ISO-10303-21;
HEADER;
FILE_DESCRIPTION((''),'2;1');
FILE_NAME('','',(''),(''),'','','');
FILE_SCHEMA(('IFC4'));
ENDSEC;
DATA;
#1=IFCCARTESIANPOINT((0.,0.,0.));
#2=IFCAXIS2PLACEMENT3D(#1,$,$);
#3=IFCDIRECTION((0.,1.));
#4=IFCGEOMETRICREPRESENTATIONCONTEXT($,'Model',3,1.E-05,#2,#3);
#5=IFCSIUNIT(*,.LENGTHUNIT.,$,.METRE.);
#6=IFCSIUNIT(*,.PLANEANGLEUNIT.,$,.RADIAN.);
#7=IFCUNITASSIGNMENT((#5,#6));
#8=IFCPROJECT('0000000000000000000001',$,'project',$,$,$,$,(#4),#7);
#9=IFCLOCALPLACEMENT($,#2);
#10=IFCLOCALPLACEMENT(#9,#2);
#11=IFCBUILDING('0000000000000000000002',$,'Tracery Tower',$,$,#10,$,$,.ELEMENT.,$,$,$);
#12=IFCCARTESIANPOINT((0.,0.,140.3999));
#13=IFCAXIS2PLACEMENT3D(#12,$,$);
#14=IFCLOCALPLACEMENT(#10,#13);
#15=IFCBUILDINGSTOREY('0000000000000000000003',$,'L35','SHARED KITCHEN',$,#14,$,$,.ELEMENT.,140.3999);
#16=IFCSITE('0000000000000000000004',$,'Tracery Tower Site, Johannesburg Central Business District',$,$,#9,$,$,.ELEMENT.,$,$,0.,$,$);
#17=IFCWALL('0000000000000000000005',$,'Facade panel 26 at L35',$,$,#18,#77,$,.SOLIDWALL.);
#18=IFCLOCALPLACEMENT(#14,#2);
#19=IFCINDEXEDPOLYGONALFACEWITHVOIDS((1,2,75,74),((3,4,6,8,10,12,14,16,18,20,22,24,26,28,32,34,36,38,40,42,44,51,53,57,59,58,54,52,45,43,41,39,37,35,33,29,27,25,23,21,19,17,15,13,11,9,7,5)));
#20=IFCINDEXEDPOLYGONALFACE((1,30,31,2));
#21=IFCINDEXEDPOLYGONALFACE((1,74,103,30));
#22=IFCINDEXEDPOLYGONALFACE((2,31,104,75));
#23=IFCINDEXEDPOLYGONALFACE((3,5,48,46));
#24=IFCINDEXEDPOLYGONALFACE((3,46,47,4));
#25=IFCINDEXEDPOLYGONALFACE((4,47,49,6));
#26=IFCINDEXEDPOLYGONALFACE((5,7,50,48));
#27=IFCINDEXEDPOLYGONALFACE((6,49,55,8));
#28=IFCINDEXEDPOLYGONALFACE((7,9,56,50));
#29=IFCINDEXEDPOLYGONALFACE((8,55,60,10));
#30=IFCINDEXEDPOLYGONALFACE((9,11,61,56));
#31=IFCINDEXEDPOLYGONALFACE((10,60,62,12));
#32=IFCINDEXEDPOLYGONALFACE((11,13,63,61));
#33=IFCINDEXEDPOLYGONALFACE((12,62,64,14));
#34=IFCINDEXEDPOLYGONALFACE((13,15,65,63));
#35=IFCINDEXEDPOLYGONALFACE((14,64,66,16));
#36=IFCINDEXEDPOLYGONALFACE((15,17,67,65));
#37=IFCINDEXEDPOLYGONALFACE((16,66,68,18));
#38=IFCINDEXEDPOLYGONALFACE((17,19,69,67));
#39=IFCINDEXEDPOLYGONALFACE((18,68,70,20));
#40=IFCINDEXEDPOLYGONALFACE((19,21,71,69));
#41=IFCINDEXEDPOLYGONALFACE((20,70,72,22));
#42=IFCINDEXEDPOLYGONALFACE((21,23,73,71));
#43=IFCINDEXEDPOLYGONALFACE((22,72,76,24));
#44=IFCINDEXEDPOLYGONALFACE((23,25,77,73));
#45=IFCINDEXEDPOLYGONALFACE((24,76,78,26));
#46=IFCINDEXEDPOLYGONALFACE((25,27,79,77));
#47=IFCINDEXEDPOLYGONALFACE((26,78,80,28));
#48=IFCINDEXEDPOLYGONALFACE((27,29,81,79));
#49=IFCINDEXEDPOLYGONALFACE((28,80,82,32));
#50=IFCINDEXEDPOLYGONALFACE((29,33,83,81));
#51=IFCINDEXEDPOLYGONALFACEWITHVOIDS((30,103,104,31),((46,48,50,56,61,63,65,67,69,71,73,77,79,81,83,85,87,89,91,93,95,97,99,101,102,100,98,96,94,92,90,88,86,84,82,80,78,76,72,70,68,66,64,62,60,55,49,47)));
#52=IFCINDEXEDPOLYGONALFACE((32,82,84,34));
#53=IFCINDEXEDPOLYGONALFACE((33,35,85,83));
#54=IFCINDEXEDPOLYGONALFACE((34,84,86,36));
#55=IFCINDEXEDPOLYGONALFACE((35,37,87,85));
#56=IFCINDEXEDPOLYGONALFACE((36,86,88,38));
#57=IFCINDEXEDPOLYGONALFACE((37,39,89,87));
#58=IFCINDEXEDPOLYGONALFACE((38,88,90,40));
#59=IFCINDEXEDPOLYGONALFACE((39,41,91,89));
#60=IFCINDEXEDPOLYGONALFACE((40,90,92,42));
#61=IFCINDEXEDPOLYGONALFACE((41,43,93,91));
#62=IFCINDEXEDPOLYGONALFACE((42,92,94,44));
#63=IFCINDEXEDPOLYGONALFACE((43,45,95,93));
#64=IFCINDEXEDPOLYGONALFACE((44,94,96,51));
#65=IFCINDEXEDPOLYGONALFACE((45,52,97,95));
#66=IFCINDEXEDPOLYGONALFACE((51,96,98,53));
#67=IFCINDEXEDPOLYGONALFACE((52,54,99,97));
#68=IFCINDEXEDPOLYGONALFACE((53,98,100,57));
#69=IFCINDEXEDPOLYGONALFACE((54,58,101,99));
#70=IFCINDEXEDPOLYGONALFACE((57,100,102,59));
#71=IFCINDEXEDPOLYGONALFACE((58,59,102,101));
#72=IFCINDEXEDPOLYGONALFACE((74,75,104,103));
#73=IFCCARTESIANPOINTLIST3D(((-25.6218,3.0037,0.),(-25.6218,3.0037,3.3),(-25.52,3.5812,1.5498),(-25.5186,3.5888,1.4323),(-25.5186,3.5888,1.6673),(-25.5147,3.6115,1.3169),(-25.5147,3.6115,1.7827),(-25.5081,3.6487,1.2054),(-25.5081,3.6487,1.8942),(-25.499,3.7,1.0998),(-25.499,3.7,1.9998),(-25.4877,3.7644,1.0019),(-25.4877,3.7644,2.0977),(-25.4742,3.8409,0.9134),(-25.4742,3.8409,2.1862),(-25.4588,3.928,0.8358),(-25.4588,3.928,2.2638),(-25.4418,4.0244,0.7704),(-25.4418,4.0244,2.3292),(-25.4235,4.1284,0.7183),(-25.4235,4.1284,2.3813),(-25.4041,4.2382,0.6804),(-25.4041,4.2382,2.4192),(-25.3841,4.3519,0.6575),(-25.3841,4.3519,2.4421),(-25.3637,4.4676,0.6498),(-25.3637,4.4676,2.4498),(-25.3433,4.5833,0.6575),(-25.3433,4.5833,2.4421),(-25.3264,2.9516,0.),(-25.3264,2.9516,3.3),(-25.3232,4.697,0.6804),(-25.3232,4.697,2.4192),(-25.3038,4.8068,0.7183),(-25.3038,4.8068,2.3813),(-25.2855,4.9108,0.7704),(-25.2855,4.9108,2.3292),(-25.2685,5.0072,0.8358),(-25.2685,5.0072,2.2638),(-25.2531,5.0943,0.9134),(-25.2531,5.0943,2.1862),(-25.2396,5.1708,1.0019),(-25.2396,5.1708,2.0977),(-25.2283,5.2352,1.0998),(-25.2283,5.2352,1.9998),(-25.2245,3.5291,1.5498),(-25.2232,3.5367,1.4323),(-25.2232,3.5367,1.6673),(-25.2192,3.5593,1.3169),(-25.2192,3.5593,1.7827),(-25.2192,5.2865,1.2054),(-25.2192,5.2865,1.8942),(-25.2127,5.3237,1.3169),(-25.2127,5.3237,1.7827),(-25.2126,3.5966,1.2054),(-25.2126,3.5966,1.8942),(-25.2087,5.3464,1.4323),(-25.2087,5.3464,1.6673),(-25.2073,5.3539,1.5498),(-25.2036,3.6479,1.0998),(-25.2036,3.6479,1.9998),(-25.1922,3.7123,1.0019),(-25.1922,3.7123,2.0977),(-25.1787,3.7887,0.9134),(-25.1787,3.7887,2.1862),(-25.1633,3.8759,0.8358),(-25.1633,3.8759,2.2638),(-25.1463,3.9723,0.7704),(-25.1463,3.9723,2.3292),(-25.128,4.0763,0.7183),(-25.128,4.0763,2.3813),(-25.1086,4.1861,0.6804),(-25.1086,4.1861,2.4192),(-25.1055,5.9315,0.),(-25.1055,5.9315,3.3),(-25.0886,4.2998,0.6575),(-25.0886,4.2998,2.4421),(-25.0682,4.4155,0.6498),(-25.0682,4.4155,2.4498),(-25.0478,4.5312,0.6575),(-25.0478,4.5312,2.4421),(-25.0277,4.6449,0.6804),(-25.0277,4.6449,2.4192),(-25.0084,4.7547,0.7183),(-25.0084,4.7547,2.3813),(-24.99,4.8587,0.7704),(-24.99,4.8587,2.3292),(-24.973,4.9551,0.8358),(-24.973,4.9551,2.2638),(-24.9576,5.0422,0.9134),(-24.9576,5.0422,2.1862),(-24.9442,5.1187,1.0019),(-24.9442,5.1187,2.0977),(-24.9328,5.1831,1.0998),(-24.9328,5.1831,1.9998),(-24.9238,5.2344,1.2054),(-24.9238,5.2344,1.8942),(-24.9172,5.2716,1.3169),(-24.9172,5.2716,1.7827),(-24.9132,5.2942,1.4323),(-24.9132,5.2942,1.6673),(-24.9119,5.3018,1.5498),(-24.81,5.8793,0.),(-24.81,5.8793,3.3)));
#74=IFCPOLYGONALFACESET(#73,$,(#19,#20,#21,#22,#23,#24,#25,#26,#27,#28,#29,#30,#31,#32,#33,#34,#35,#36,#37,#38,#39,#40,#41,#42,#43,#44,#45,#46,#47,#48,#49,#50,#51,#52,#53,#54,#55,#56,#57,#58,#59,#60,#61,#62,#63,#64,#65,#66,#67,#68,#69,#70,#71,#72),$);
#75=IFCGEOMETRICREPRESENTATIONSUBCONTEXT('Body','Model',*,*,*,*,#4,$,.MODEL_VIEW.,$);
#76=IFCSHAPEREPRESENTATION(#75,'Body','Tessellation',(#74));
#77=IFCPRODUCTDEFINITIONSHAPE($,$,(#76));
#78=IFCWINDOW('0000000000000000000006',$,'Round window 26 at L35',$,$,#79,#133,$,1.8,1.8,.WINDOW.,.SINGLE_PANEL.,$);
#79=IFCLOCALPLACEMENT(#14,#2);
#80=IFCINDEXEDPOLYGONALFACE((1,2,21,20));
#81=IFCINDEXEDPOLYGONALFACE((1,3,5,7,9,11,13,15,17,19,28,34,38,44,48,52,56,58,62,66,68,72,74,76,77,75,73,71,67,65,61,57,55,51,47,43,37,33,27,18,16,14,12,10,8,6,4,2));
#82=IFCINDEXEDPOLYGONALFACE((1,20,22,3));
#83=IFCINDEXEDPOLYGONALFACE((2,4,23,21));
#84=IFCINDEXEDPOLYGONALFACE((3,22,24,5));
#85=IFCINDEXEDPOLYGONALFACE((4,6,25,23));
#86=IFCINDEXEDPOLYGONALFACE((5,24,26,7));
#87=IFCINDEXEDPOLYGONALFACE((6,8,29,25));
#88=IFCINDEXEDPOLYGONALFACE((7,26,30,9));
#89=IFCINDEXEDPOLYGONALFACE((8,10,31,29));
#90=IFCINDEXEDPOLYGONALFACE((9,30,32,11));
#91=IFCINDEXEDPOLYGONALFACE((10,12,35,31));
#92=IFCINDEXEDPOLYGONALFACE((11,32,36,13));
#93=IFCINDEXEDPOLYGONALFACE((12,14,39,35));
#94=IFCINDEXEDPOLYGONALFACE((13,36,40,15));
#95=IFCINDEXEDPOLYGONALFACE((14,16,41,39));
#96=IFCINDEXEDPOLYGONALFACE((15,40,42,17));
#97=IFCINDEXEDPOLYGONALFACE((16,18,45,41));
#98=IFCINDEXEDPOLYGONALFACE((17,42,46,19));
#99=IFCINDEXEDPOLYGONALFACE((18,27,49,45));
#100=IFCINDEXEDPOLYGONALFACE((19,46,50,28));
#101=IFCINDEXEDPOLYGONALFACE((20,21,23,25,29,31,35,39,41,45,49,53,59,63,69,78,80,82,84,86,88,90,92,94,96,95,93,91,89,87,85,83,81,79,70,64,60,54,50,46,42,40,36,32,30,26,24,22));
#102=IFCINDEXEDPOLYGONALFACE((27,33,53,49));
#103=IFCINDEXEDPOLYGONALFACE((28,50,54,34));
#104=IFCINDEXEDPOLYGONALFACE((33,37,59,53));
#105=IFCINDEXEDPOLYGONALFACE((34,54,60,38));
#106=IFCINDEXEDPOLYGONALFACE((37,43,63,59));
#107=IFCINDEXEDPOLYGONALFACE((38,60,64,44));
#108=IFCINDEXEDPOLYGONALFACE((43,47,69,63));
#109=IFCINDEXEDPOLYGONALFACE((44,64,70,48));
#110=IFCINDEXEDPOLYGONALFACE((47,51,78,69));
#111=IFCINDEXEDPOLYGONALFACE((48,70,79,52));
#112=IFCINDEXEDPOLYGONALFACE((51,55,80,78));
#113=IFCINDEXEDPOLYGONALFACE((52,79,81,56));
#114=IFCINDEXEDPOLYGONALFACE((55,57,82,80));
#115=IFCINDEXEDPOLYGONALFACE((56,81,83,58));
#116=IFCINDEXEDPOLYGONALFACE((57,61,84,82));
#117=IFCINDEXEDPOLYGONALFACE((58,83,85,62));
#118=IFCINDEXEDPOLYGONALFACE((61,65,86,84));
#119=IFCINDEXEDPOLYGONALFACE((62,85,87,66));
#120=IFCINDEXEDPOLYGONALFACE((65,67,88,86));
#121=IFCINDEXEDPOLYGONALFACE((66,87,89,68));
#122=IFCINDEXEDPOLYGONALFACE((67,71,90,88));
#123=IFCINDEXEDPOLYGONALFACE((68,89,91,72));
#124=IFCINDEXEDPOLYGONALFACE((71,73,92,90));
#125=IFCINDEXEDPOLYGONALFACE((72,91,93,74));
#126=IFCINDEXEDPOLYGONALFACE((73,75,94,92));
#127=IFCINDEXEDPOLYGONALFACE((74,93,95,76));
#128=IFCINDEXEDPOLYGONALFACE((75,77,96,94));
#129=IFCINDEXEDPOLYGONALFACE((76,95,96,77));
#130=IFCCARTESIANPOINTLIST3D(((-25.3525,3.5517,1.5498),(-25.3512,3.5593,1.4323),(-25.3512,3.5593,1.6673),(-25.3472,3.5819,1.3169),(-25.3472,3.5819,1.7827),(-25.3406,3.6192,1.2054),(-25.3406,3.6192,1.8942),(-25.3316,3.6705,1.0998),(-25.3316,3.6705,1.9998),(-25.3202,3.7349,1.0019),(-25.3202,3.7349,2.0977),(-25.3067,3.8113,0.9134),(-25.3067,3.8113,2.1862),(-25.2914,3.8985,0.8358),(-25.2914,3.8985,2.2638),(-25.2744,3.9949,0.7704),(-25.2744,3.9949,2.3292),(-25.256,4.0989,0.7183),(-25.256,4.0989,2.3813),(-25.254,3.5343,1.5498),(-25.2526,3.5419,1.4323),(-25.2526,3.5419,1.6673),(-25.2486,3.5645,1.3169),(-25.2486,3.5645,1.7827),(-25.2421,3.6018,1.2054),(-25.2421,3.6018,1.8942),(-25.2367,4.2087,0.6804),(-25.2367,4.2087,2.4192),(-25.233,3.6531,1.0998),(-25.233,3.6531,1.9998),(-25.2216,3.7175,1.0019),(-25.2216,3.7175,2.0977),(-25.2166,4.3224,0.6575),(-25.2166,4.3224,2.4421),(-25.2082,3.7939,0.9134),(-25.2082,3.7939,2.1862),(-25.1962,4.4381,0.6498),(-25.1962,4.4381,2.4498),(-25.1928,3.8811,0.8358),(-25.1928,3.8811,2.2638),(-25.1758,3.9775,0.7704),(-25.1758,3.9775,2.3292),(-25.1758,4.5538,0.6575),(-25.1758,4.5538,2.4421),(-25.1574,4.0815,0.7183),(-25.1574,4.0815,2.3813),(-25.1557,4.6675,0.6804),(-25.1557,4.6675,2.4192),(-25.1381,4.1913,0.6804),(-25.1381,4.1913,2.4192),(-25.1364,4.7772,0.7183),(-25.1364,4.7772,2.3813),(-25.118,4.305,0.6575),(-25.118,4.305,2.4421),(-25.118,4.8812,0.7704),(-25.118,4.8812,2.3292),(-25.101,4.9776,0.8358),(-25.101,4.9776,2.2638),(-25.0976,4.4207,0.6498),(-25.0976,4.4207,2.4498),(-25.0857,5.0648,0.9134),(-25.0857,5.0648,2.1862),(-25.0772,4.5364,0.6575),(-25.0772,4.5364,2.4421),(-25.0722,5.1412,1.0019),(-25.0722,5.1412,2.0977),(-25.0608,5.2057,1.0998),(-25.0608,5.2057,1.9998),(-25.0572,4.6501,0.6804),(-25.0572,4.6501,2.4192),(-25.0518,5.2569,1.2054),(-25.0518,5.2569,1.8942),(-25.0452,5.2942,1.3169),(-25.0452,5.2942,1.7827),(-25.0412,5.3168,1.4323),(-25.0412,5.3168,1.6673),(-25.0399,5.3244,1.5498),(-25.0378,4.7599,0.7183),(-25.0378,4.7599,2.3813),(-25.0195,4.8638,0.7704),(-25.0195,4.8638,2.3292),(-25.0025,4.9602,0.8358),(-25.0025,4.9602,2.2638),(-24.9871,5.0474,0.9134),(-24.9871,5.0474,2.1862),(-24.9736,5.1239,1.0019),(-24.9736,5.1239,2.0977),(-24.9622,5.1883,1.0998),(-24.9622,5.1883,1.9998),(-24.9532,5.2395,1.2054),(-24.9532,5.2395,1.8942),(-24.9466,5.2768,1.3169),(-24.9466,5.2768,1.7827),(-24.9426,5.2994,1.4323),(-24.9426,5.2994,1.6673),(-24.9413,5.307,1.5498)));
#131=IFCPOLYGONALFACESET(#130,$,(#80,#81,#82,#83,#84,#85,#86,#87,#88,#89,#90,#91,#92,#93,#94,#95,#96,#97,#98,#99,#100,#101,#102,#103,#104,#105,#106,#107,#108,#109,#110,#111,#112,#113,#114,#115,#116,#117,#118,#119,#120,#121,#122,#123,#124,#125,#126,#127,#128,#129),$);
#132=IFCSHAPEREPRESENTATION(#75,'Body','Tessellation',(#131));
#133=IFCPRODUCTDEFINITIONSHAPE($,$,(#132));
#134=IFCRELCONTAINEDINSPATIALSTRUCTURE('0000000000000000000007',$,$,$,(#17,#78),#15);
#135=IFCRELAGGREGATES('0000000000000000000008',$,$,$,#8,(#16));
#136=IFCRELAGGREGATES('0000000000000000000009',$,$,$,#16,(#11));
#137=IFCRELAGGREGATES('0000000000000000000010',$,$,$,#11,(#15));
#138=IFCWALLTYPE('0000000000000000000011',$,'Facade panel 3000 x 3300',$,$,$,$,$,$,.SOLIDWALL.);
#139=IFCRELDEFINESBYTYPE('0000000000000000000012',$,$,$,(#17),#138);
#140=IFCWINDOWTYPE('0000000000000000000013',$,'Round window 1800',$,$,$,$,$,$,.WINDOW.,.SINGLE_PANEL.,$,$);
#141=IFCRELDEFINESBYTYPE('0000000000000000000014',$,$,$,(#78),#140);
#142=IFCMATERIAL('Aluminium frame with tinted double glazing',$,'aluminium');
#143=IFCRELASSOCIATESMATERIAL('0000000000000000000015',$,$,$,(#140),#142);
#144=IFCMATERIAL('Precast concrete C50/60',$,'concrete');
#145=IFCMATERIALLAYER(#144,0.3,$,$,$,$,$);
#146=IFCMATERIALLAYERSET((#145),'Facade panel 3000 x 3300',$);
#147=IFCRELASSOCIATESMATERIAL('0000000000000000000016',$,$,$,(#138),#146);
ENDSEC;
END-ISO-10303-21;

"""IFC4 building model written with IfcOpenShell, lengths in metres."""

from ifc_helpers import new_model, si_unit, direction, frame, frame_2d, origin, origin_2d, place, context, subcontext, project, spatial, rectangle, circle, extrude, material, layer, layer_set, type_object, element, fill, save


model = new_model("IFC4")

# Units and contexts
model_context = context("Model", 3, precision=1e-05, world=origin(), true_north=direction((0.0, 1.0)))
body_context = subcontext(model_context, "Body", "Model", "MODEL_VIEW")
ifc_project = project(units=[si_unit("LENGTHUNIT", "METRE"), si_unit("PLANEANGLEUNIT", "RADIAN")], contexts=[model_context])

# Site, building, storey
site_placement = place(None, origin())
site = spatial("IfcSite", under=ifc_project, at=site_placement, Name="Tracery Tower Site, Johannesburg Central Business District", CompositionType="ELEMENT", RefElevation=0.0)
building_placement = place(site_placement, origin())
building = spatial("IfcBuilding", under=site, at=building_placement, Name="Tracery Tower", CompositionType="ELEMENT")
storey_placement = place(building_placement, frame((0.0, 0.0, 140.3999)))
storey = spatial("IfcBuildingStorey", under=building, at=storey_placement, Name="L35", Description="SHARED KITCHEN", CompositionType="ELEMENT", Elevation=140.3999)

# Wall, opening, window
ifc_material_1 = material(Name="Aluminium frame with tinted double glazing", Category="aluminium")
window_type = type_object("IfcWindowType", Name="Round window 1800", PartitioningType="SINGLE_PANEL", PredefinedType="WINDOW", material=ifc_material_1)
ifc_material_2 = material(Name="Precast concrete C50/60", Category="concrete")
ifc_layer_1 = layer(ifc_material_2, 0.3)
ifc_layer_set_1 = layer_set([ifc_layer_1], Name="Facade panel 3000 x 3300")
wall_type_1 = type_object("IfcWallType", Name="Facade panel 3000 x 3300", PredefinedType="SOLIDWALL", material=ifc_layer_set_1)
wall_1_placement = place(storey_placement, frame((-24.9578, 5.9053, 0.0), z_axis=(0.0, 0.0, 1.0), x_axis=(-0.173687, -0.984801, 0.0)))
wall_1 = element("IfcWall", 1, at=wall_1_placement, inside=storey, type_object=wall_type_1, Name="Facade panel 26 at L35", PredefinedType="SOLIDWALL", context=body_context, shape_type="SweptSolid", body=[
    extrude(rectangle(XDim=2.9729, YDim=0.3, at=frame_2d((1.4863, 0.0))), origin(), (0.0, 0.0, 1.0), 3.3),
])
opening_1_placement = place(wall_1_placement, frame((1.4863, 0.0, 1.5498)))
opening_1 = element("IfcOpeningElement", 2, at=opening_1_placement, cuts=wall_1, PredefinedType="OPENING", context=body_context, shape_type="SweptSolid", body=[
    extrude(circle(Radius=0.9, at=origin_2d()), frame((0.0, 0.1599, 0.0), z_axis=(0.0, -1.0, 0.0), x_axis=(1.0, 0.0, 0.0)), (0.0, 0.0, 1.0), 0.3201),
])
window_1_placement = place(opening_1_placement, origin())
window_1 = element("IfcWindow", 3, at=window_1_placement, inside=storey, type_object=window_type, Name="Round window 26 at L35", OverallHeight=1.8, OverallWidth=1.8, PartitioningType="SINGLE_PANEL", PredefinedType="WINDOW", context=body_context, shape_type="SweptSolid", body=[
    extrude(circle(Radius=0.9, at=origin_2d()), frame((0.0, 0.1201, 0.0), z_axis=(0.0, -1.0, 0.0), x_axis=(1.0, 0.0, 0.0)), (0.0, 0.0, 1.0), 0.1001),
])
fill(opening_1, window_1)

save(model, "model.ifc")
